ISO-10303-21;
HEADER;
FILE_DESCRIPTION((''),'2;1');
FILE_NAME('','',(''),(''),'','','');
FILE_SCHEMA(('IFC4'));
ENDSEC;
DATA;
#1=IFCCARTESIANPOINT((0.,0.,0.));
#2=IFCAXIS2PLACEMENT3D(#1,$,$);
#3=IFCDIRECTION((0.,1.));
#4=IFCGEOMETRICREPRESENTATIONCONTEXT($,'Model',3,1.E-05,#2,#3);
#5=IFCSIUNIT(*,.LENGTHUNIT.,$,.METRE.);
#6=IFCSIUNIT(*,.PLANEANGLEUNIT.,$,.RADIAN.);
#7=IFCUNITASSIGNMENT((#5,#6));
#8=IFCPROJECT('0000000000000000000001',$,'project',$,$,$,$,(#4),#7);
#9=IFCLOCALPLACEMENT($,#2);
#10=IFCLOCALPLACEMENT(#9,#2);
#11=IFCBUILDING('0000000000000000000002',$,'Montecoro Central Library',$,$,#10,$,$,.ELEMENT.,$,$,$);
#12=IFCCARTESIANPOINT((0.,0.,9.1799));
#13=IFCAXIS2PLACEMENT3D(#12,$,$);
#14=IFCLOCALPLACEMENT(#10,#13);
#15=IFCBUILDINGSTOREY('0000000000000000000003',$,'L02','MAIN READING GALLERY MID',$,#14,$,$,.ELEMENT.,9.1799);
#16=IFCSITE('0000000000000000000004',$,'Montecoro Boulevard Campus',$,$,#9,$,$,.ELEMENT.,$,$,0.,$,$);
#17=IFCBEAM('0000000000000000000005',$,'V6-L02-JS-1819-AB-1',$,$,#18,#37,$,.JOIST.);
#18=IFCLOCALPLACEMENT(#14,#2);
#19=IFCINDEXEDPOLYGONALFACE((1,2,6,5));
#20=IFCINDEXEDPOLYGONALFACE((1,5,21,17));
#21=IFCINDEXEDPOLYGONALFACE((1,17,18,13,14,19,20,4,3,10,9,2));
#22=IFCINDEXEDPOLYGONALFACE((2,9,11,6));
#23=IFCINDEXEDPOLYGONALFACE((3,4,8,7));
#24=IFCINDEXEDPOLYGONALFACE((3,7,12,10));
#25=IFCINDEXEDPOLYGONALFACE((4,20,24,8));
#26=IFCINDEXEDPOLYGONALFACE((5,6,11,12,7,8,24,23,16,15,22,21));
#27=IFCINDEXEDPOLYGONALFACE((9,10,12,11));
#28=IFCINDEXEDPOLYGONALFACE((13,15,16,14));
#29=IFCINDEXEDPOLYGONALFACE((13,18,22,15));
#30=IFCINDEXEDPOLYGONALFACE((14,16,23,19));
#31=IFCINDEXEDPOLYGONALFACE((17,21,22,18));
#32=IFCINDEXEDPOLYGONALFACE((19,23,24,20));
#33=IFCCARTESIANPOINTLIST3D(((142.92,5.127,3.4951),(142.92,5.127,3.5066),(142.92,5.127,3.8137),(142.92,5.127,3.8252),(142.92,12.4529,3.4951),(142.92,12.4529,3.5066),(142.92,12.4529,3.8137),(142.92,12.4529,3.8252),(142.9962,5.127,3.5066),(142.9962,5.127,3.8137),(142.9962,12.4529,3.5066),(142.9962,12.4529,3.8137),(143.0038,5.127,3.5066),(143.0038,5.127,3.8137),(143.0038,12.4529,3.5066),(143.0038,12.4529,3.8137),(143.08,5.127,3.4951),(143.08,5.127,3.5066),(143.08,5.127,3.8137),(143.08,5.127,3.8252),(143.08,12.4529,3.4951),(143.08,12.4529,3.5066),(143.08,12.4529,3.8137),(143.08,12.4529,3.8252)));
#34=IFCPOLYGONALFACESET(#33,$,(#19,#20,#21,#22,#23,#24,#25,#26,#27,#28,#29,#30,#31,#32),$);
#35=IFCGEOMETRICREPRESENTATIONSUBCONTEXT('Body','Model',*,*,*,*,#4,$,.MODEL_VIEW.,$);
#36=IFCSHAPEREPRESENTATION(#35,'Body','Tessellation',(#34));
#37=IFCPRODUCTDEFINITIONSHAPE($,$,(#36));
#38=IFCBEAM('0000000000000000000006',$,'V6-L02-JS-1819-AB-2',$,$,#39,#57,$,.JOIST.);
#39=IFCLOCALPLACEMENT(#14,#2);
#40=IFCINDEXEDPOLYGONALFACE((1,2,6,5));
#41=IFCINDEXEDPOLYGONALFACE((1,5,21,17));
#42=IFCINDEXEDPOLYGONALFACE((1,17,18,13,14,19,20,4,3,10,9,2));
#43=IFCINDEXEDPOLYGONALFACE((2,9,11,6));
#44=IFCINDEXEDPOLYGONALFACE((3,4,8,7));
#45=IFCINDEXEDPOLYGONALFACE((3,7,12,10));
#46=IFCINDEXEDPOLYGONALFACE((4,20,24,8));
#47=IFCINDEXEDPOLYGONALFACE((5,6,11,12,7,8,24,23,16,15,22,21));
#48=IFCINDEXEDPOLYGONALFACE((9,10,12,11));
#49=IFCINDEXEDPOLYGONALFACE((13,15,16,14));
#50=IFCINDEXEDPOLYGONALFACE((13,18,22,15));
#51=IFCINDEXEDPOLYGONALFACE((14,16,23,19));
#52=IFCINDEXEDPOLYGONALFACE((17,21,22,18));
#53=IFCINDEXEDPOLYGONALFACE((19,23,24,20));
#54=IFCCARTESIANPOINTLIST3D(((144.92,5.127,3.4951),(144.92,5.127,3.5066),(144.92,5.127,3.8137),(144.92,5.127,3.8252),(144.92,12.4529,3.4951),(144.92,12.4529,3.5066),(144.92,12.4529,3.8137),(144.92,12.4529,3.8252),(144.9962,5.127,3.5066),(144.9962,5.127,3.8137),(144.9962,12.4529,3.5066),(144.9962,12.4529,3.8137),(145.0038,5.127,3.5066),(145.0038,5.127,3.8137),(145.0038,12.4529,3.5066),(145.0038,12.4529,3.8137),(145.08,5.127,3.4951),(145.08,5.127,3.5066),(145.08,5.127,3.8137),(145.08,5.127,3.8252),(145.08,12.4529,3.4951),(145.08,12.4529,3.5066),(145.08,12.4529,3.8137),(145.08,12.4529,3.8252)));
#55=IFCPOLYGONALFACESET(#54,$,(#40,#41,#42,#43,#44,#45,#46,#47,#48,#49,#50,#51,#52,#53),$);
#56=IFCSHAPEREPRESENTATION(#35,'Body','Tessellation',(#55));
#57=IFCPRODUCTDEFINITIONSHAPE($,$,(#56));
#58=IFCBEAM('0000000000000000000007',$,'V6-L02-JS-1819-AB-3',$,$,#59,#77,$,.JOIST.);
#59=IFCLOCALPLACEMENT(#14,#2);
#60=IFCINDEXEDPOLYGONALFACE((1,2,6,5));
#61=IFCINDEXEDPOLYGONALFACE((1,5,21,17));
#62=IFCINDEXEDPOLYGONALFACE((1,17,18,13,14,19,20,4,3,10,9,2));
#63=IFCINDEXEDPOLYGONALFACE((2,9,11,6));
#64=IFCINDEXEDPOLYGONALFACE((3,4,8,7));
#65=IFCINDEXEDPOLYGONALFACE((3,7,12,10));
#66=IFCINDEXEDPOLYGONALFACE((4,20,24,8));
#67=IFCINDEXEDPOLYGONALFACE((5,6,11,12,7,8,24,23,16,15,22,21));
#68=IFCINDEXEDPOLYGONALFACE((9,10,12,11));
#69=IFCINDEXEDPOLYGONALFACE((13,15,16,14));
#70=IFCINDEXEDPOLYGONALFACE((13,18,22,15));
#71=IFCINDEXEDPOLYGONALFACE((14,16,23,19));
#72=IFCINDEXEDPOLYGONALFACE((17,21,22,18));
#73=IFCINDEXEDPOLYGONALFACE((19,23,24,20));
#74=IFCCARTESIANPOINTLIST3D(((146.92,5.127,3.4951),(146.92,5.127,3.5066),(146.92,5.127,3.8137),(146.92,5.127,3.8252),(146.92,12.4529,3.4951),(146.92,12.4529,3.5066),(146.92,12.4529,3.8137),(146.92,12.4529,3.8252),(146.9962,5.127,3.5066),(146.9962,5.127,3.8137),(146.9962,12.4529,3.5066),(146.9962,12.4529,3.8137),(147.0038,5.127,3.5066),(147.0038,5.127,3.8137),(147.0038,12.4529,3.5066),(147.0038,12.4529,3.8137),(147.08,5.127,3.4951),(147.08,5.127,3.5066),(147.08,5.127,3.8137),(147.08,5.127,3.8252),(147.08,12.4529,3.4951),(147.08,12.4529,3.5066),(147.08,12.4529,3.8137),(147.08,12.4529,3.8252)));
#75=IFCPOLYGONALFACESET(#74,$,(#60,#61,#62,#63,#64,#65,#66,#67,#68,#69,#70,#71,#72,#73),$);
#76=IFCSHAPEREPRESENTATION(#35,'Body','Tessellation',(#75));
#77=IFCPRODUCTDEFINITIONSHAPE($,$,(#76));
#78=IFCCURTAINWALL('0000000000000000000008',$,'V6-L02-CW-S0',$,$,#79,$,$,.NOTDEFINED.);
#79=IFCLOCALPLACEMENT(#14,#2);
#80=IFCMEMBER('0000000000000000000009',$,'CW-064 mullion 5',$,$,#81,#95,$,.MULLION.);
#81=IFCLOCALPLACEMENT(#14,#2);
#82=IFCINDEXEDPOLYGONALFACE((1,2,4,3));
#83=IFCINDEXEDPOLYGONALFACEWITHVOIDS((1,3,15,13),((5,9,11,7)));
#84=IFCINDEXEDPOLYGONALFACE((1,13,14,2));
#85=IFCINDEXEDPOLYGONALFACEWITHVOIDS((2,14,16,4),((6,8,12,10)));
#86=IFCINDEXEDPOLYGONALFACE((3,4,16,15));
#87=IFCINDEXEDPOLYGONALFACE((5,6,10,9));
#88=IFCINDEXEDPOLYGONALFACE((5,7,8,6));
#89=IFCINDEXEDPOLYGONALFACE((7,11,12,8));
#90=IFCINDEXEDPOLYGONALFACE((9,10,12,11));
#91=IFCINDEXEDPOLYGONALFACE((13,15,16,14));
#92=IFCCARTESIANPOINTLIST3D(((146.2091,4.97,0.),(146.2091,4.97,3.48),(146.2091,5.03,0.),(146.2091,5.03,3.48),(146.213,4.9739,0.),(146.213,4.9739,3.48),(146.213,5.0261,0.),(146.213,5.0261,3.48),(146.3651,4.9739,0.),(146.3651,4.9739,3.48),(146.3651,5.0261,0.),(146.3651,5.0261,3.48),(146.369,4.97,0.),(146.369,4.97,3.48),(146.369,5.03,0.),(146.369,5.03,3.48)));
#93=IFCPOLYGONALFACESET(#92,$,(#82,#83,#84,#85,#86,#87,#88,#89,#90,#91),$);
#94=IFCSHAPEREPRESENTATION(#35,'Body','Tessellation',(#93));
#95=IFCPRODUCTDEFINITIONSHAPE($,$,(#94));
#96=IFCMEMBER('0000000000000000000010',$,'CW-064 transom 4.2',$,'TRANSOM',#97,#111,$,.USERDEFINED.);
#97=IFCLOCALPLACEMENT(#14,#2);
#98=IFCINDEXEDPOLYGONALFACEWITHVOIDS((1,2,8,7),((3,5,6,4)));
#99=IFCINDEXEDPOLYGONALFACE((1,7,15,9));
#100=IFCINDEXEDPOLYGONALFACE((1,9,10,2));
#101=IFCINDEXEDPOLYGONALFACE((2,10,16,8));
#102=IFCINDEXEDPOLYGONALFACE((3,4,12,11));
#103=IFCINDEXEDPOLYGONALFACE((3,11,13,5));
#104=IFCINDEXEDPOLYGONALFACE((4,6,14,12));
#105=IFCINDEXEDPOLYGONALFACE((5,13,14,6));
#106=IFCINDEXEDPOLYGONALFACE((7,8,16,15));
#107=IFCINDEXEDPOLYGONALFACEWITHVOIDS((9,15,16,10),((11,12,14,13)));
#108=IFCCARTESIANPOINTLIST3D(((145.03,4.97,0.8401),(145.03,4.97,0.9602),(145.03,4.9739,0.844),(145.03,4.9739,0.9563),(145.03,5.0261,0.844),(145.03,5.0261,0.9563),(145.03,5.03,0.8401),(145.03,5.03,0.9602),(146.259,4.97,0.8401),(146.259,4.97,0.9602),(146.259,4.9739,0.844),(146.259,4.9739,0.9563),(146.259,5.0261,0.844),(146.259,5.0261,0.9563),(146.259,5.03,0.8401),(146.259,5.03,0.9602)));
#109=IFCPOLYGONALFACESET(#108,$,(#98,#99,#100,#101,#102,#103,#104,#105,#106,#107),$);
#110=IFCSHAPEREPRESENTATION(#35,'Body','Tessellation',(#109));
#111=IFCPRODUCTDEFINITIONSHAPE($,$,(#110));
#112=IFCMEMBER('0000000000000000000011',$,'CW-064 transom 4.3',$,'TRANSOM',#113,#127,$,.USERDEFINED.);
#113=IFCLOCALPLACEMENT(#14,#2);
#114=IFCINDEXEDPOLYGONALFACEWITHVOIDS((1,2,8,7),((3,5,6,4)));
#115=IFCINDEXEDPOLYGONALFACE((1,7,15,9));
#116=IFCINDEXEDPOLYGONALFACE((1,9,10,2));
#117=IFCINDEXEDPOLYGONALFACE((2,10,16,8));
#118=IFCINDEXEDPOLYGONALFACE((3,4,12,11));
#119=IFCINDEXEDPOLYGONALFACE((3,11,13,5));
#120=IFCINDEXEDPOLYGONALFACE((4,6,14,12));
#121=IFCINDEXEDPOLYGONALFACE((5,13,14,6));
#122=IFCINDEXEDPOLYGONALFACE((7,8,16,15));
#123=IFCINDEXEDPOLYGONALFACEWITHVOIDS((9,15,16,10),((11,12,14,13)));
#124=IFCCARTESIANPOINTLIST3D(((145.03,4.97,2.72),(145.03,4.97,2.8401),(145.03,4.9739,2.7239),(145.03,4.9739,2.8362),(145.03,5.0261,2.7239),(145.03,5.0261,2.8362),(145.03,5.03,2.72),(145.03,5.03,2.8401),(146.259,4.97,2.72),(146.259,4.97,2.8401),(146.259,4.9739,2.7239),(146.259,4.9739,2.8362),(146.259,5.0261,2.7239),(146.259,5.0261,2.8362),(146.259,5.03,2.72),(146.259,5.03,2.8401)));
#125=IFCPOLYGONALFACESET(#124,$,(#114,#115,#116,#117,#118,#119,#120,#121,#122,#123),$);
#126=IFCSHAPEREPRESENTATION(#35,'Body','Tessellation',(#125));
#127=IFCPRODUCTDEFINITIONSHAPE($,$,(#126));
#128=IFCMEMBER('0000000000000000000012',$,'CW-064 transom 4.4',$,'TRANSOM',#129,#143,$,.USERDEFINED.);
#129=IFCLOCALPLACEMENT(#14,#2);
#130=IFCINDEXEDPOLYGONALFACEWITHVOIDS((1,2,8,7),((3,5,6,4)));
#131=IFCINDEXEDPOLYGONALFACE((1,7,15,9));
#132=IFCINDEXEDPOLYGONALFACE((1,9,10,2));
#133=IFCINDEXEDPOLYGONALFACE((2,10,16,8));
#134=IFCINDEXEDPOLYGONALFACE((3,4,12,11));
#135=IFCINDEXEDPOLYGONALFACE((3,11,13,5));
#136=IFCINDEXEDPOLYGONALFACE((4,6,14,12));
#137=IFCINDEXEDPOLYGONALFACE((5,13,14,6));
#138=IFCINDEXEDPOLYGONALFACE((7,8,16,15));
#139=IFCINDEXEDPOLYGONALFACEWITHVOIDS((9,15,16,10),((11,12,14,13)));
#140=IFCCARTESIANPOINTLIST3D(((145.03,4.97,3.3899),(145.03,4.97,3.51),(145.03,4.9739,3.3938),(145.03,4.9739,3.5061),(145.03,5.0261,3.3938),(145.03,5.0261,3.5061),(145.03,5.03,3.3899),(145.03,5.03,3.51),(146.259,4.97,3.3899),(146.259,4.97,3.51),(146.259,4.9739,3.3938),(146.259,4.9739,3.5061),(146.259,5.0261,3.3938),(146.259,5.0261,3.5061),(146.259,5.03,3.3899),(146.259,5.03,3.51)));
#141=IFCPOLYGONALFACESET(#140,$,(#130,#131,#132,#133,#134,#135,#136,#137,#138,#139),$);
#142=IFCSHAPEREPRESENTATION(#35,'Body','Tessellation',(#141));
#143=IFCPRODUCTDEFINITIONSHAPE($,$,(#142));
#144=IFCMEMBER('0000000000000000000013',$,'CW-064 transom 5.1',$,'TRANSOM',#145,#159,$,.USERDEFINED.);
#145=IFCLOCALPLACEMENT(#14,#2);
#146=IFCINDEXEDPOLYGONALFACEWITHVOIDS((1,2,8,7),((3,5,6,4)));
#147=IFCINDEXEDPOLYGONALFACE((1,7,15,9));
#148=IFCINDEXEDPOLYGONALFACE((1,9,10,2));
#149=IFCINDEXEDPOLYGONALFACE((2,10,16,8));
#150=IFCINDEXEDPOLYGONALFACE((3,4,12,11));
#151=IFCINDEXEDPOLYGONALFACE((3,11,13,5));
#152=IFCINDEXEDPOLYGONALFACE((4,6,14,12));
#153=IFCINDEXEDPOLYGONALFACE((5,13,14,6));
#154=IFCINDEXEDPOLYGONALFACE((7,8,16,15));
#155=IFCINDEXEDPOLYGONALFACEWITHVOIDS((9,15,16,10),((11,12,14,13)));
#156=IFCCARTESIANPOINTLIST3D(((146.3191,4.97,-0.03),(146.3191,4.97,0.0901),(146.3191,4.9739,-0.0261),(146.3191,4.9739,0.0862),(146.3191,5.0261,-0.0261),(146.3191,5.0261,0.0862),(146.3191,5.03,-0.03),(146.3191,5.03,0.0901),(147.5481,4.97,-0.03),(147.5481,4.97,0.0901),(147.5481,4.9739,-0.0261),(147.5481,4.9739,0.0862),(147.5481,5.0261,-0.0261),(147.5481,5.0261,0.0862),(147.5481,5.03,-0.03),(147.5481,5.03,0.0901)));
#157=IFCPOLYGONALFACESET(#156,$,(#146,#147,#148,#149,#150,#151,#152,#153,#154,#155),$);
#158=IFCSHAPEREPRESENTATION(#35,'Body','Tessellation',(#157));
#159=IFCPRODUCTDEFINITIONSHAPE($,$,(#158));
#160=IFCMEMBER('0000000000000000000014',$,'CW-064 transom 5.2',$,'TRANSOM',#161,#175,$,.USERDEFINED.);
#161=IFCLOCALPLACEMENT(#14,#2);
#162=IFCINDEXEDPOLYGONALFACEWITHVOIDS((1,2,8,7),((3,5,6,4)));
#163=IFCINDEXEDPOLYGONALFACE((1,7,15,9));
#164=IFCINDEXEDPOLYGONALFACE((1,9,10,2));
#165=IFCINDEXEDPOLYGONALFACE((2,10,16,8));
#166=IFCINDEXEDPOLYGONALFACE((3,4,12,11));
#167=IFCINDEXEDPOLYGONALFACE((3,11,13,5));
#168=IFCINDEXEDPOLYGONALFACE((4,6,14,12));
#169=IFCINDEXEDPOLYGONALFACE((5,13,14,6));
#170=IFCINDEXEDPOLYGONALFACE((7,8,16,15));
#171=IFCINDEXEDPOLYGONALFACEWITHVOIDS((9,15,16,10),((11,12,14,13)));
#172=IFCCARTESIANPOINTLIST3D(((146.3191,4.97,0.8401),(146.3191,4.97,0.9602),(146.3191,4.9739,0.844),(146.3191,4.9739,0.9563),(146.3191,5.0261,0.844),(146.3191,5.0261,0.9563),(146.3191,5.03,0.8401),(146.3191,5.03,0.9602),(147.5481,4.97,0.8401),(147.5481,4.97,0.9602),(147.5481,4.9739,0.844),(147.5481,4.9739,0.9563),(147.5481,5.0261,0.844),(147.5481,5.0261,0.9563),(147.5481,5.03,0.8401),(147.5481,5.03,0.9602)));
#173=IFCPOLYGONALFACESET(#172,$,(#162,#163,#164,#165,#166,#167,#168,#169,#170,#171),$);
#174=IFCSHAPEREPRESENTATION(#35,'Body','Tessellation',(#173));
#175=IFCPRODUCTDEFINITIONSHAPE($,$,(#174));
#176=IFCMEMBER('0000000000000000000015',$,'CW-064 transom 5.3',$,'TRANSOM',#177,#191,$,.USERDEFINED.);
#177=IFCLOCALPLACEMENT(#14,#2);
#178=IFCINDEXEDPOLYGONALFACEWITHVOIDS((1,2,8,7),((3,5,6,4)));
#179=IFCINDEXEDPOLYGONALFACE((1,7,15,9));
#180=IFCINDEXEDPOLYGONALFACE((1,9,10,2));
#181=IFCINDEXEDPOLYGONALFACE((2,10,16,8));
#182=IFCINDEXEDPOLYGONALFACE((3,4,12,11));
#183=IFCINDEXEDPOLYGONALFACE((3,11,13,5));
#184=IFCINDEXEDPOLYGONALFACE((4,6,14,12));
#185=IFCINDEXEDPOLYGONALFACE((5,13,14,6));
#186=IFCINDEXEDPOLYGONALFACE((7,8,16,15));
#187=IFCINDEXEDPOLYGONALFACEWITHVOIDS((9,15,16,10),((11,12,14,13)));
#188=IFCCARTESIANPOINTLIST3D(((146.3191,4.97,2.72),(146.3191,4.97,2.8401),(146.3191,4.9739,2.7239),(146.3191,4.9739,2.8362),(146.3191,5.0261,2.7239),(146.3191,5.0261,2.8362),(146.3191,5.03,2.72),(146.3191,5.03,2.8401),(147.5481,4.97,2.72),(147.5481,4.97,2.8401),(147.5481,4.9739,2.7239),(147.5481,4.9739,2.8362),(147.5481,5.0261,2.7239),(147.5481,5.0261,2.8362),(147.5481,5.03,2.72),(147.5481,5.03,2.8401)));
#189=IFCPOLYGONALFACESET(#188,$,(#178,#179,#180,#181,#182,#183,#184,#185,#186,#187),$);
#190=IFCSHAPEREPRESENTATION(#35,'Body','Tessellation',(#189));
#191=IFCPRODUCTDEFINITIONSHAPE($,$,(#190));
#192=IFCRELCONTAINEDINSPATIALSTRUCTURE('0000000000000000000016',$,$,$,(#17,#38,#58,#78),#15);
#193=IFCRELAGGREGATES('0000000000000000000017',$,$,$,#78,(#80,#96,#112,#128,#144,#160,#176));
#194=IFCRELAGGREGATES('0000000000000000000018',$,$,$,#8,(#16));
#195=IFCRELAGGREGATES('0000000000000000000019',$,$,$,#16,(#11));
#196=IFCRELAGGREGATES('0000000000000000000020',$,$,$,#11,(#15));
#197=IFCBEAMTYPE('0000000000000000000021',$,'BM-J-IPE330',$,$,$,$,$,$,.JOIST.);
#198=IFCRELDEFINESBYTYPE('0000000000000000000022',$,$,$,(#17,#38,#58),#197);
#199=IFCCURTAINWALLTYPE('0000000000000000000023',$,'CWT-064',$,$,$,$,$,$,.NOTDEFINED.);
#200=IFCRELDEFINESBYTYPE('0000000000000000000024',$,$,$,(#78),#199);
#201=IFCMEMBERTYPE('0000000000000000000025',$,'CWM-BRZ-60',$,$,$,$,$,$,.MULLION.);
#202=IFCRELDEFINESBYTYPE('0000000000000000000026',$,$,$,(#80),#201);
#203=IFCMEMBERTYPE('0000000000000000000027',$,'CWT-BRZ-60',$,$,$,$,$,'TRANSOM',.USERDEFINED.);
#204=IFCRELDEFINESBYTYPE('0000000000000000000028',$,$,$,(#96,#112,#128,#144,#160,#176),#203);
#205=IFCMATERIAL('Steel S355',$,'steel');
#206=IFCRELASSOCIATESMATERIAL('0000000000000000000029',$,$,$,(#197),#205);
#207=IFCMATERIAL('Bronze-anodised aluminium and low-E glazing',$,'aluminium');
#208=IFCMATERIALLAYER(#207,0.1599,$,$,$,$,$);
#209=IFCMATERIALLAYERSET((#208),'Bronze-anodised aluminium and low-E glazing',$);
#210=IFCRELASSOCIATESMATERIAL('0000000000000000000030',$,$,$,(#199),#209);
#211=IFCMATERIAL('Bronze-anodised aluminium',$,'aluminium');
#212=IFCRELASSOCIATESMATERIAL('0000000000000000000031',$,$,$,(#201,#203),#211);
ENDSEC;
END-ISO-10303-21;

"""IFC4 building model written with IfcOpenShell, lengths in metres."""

from ifc_helpers import new_model, si_unit, direction, frame, origin, origin_2d, place, context, subcontext, project, spatial, hollow_rectangle, i_section, extrude, material, layer, layer_set, material_profile, profile_set, type_object, element, aggregate, save


model = new_model("IFC4")

# Units and contexts
model_context = context("Model", 3, precision=1e-05, world=origin(), true_north=direction((0.0, 1.0)))
body_context = subcontext(model_context, "Body", "Model", "MODEL_VIEW")
ifc_project = project(units=[si_unit("LENGTHUNIT", "METRE"), si_unit("PLANEANGLEUNIT", "RADIAN")], contexts=[model_context])

# Site, building, storey
site_placement = place(None, origin())
site = spatial("IfcSite", under=ifc_project, at=site_placement, Name="Montecoro Boulevard Campus", CompositionType="ELEMENT", RefElevation=0.0)
building_placement = place(site_placement, origin())
building = spatial("IfcBuilding", under=site, at=building_placement, Name="Montecoro Central Library", CompositionType="ELEMENT")
storey_placement = place(building_placement, frame((0.0, 0.0, 9.1799)))
storey = spatial("IfcBuildingStorey", under=building, at=storey_placement, Name="L02", Description="MAIN READING GALLERY MID", CompositionType="ELEMENT", Elevation=9.1799)

# Beams
ifc_material_1 = material(Name="Steel S355", Category="steel")
ifc_material_profile_1 = material_profile(ifc_material_1, i_section(OverallWidth=0.1599, OverallDepth=0.3301, WebThickness=0.0076, FlangeThickness=0.0115, at=origin_2d()), Name="IPE 330")
ifc_profile_set_1 = profile_set([ifc_material_profile_1], Name="Steel S355")
beam_type = type_object("IfcBeamType", Name="BM-J-IPE330", PredefinedType="JOIST", material=ifc_profile_set_1)
for number, where, z_axis, x_axis, name in (
    (1, (143.0, 5.127, 3.6602), (0.0, 1.0, 0.0), (-1.0, 0.0, 0.0), "V6-L02-JS-1819-AB-1"),
    (2, (145.0, 5.127, 3.6602), (0.0, 1.0, 0.0), (-1.0, 0.0, 0.0), "V6-L02-JS-1819-AB-2"),
    (3, (147.0, 5.127, 3.6602), (0.0, 1.0, 0.0), (-1.0, 0.0, 0.0), "V6-L02-JS-1819-AB-3"),
):
    element("IfcBeam", number, at=place(storey_placement, frame(where, z_axis=z_axis, x_axis=x_axis)), inside=storey, type_object=beam_type, Name=name, PredefinedType="JOIST", context=body_context, shape_type="SweptSolid", body=[
        extrude(i_section(OverallWidth=0.1599, OverallDepth=0.3301, WebThickness=0.0076, FlangeThickness=0.0115, at=origin_2d()), origin(), (0.0, 0.0, 1.0), 7.3259),
    ])

# Curtain wall, members
ifc_material_2 = material(Name="Bronze-anodised aluminium and low-E glazing", Category="aluminium")
ifc_layer_1 = layer(ifc_material_2, 0.1599)
ifc_layer_set_1 = layer_set([ifc_layer_1], Name="Bronze-anodised aluminium and low-E glazing")
curtain_wall_type_1 = type_object("IfcCurtainWallType", Name="CWT-064", PredefinedType="NOTDEFINED", material=ifc_layer_set_1)
curtain_wall_1_placement = place(storey_placement, origin())
curtain_wall_1 = element("IfcCurtainWall", 4, at=curtain_wall_1_placement, inside=storey, type_object=curtain_wall_type_1, Name="V6-L02-CW-S0", PredefinedType="NOTDEFINED")
ifc_material_3 = material(Name="Bronze-anodised aluminium", Category="aluminium")
ifc_material_profile_2 = material_profile(ifc_material_3, hollow_rectangle(XDim=0.0601, YDim=0.1599, WallThickness=0.0039, at=origin_2d()), Name="CWM 160x60x4.0")
ifc_profile_set_2 = profile_set([ifc_material_profile_2], Name="Bronze-anodised aluminium")
member_type_1 = type_object("IfcMemberType", Name="CWM-BRZ-60", PredefinedType="MULLION", material=ifc_profile_set_2)
member_1_placement = place(storey_placement, frame((146.2891, 5.0, 0.0), z_axis=(0.0, 0.0, 1.0), x_axis=(0.0, 1.0, 0.0)))
member_1 = element("IfcMember", 5, at=member_1_placement, type_object=member_type_1, Name="CW-064 mullion 5", PredefinedType="MULLION", context=body_context, shape_type="SweptSolid", body=[
    extrude(hollow_rectangle(XDim=0.0601, YDim=0.1599, WallThickness=0.0039, at=origin_2d()), origin(), (0.0, 0.0, 1.0), 3.48),
])
ifc_material_profile_3 = material_profile(ifc_material_3, hollow_rectangle(XDim=0.0601, YDim=0.1201, WallThickness=0.0039, at=origin_2d()), Name="CWT 120x60x4.0")
ifc_profile_set_3 = profile_set([ifc_material_profile_3], Name="Bronze-anodised aluminium")
member_type_2 = type_object("IfcMemberType", Name="CWT-BRZ-60", ElementType="TRANSOM", PredefinedType="USERDEFINED", material=ifc_profile_set_3)
member_2_placement = place(storey_placement, frame((145.03, 5.0, 0.9001), z_axis=(1.0, 0.0, 0.0), x_axis=(0.0, 1.0, 0.0)))
member_2 = element("IfcMember", 6, at=member_2_placement, type_object=member_type_2, Name="CW-064 transom 4.2", ObjectType="TRANSOM", PredefinedType="USERDEFINED", context=body_context, shape_type="SweptSolid", body=[
    extrude(hollow_rectangle(XDim=0.0601, YDim=0.1201, WallThickness=0.0039, at=origin_2d()), origin(), (0.0, 0.0, 1.0), 1.229),
])
member_3_placement = place(storey_placement, frame((145.03, 5.0, 2.78), z_axis=(1.0, 0.0, 0.0), x_axis=(0.0, 1.0, 0.0)))
member_3 = element("IfcMember", 7, at=member_3_placement, type_object=member_type_2, Name="CW-064 transom 4.3", ObjectType="TRANSOM", PredefinedType="USERDEFINED", context=body_context, shape_type="SweptSolid", body=[
    extrude(hollow_rectangle(XDim=0.0601, YDim=0.1201, WallThickness=0.0039, at=origin_2d()), origin(), (0.0, 0.0, 1.0), 1.229),
])
member_4_placement = place(storey_placement, frame((145.03, 5.0, 3.45), z_axis=(1.0, 0.0, 0.0), x_axis=(0.0, 1.0, 0.0)))
member_4 = element("IfcMember", 8, at=member_4_placement, type_object=member_type_2, Name="CW-064 transom 4.4", ObjectType="TRANSOM", PredefinedType="USERDEFINED", context=body_context, shape_type="SweptSolid", body=[
    extrude(hollow_rectangle(XDim=0.0601, YDim=0.1201, WallThickness=0.0039, at=origin_2d()), origin(), (0.0, 0.0, 1.0), 1.229),
])
member_5_placement = place(storey_placement, frame((146.3191, 5.0, 0.03), z_axis=(1.0, 0.0, 0.0), x_axis=(0.0, 1.0, 0.0)))
member_5 = element("IfcMember", 9, at=member_5_placement, type_object=member_type_2, Name="CW-064 transom 5.1", ObjectType="TRANSOM", PredefinedType="USERDEFINED", context=body_context, shape_type="SweptSolid", body=[
    extrude(hollow_rectangle(XDim=0.0601, YDim=0.1201, WallThickness=0.0039, at=origin_2d()), origin(), (0.0, 0.0, 1.0), 1.229),
])
member_6_placement = place(storey_placement, frame((146.3191, 5.0, 0.9001), z_axis=(1.0, 0.0, 0.0), x_axis=(0.0, 1.0, 0.0)))
member_6 = element("IfcMember", 10, at=member_6_placement, type_object=member_type_2, Name="CW-064 transom 5.2", ObjectType="TRANSOM", PredefinedType="USERDEFINED", context=body_context, shape_type="SweptSolid", body=[
    extrude(hollow_rectangle(XDim=0.0601, YDim=0.1201, WallThickness=0.0039, at=origin_2d()), origin(), (0.0, 0.0, 1.0), 1.229),
])
member_7_placement = place(storey_placement, frame((146.3191, 5.0, 2.78), z_axis=(1.0, 0.0, 0.0), x_axis=(0.0, 1.0, 0.0)))
member_7 = element("IfcMember", 11, at=member_7_placement, type_object=member_type_2, Name="CW-064 transom 5.3", ObjectType="TRANSOM", PredefinedType="USERDEFINED", context=body_context, shape_type="SweptSolid", body=[
    extrude(hollow_rectangle(XDim=0.0601, YDim=0.1201, WallThickness=0.0039, at=origin_2d()), origin(), (0.0, 0.0, 1.0), 1.229),
])

aggregate(curtain_wall_1, [member_1, member_2, member_3, member_4, member_5, member_6, member_7])

save(model, "model.ifc")
